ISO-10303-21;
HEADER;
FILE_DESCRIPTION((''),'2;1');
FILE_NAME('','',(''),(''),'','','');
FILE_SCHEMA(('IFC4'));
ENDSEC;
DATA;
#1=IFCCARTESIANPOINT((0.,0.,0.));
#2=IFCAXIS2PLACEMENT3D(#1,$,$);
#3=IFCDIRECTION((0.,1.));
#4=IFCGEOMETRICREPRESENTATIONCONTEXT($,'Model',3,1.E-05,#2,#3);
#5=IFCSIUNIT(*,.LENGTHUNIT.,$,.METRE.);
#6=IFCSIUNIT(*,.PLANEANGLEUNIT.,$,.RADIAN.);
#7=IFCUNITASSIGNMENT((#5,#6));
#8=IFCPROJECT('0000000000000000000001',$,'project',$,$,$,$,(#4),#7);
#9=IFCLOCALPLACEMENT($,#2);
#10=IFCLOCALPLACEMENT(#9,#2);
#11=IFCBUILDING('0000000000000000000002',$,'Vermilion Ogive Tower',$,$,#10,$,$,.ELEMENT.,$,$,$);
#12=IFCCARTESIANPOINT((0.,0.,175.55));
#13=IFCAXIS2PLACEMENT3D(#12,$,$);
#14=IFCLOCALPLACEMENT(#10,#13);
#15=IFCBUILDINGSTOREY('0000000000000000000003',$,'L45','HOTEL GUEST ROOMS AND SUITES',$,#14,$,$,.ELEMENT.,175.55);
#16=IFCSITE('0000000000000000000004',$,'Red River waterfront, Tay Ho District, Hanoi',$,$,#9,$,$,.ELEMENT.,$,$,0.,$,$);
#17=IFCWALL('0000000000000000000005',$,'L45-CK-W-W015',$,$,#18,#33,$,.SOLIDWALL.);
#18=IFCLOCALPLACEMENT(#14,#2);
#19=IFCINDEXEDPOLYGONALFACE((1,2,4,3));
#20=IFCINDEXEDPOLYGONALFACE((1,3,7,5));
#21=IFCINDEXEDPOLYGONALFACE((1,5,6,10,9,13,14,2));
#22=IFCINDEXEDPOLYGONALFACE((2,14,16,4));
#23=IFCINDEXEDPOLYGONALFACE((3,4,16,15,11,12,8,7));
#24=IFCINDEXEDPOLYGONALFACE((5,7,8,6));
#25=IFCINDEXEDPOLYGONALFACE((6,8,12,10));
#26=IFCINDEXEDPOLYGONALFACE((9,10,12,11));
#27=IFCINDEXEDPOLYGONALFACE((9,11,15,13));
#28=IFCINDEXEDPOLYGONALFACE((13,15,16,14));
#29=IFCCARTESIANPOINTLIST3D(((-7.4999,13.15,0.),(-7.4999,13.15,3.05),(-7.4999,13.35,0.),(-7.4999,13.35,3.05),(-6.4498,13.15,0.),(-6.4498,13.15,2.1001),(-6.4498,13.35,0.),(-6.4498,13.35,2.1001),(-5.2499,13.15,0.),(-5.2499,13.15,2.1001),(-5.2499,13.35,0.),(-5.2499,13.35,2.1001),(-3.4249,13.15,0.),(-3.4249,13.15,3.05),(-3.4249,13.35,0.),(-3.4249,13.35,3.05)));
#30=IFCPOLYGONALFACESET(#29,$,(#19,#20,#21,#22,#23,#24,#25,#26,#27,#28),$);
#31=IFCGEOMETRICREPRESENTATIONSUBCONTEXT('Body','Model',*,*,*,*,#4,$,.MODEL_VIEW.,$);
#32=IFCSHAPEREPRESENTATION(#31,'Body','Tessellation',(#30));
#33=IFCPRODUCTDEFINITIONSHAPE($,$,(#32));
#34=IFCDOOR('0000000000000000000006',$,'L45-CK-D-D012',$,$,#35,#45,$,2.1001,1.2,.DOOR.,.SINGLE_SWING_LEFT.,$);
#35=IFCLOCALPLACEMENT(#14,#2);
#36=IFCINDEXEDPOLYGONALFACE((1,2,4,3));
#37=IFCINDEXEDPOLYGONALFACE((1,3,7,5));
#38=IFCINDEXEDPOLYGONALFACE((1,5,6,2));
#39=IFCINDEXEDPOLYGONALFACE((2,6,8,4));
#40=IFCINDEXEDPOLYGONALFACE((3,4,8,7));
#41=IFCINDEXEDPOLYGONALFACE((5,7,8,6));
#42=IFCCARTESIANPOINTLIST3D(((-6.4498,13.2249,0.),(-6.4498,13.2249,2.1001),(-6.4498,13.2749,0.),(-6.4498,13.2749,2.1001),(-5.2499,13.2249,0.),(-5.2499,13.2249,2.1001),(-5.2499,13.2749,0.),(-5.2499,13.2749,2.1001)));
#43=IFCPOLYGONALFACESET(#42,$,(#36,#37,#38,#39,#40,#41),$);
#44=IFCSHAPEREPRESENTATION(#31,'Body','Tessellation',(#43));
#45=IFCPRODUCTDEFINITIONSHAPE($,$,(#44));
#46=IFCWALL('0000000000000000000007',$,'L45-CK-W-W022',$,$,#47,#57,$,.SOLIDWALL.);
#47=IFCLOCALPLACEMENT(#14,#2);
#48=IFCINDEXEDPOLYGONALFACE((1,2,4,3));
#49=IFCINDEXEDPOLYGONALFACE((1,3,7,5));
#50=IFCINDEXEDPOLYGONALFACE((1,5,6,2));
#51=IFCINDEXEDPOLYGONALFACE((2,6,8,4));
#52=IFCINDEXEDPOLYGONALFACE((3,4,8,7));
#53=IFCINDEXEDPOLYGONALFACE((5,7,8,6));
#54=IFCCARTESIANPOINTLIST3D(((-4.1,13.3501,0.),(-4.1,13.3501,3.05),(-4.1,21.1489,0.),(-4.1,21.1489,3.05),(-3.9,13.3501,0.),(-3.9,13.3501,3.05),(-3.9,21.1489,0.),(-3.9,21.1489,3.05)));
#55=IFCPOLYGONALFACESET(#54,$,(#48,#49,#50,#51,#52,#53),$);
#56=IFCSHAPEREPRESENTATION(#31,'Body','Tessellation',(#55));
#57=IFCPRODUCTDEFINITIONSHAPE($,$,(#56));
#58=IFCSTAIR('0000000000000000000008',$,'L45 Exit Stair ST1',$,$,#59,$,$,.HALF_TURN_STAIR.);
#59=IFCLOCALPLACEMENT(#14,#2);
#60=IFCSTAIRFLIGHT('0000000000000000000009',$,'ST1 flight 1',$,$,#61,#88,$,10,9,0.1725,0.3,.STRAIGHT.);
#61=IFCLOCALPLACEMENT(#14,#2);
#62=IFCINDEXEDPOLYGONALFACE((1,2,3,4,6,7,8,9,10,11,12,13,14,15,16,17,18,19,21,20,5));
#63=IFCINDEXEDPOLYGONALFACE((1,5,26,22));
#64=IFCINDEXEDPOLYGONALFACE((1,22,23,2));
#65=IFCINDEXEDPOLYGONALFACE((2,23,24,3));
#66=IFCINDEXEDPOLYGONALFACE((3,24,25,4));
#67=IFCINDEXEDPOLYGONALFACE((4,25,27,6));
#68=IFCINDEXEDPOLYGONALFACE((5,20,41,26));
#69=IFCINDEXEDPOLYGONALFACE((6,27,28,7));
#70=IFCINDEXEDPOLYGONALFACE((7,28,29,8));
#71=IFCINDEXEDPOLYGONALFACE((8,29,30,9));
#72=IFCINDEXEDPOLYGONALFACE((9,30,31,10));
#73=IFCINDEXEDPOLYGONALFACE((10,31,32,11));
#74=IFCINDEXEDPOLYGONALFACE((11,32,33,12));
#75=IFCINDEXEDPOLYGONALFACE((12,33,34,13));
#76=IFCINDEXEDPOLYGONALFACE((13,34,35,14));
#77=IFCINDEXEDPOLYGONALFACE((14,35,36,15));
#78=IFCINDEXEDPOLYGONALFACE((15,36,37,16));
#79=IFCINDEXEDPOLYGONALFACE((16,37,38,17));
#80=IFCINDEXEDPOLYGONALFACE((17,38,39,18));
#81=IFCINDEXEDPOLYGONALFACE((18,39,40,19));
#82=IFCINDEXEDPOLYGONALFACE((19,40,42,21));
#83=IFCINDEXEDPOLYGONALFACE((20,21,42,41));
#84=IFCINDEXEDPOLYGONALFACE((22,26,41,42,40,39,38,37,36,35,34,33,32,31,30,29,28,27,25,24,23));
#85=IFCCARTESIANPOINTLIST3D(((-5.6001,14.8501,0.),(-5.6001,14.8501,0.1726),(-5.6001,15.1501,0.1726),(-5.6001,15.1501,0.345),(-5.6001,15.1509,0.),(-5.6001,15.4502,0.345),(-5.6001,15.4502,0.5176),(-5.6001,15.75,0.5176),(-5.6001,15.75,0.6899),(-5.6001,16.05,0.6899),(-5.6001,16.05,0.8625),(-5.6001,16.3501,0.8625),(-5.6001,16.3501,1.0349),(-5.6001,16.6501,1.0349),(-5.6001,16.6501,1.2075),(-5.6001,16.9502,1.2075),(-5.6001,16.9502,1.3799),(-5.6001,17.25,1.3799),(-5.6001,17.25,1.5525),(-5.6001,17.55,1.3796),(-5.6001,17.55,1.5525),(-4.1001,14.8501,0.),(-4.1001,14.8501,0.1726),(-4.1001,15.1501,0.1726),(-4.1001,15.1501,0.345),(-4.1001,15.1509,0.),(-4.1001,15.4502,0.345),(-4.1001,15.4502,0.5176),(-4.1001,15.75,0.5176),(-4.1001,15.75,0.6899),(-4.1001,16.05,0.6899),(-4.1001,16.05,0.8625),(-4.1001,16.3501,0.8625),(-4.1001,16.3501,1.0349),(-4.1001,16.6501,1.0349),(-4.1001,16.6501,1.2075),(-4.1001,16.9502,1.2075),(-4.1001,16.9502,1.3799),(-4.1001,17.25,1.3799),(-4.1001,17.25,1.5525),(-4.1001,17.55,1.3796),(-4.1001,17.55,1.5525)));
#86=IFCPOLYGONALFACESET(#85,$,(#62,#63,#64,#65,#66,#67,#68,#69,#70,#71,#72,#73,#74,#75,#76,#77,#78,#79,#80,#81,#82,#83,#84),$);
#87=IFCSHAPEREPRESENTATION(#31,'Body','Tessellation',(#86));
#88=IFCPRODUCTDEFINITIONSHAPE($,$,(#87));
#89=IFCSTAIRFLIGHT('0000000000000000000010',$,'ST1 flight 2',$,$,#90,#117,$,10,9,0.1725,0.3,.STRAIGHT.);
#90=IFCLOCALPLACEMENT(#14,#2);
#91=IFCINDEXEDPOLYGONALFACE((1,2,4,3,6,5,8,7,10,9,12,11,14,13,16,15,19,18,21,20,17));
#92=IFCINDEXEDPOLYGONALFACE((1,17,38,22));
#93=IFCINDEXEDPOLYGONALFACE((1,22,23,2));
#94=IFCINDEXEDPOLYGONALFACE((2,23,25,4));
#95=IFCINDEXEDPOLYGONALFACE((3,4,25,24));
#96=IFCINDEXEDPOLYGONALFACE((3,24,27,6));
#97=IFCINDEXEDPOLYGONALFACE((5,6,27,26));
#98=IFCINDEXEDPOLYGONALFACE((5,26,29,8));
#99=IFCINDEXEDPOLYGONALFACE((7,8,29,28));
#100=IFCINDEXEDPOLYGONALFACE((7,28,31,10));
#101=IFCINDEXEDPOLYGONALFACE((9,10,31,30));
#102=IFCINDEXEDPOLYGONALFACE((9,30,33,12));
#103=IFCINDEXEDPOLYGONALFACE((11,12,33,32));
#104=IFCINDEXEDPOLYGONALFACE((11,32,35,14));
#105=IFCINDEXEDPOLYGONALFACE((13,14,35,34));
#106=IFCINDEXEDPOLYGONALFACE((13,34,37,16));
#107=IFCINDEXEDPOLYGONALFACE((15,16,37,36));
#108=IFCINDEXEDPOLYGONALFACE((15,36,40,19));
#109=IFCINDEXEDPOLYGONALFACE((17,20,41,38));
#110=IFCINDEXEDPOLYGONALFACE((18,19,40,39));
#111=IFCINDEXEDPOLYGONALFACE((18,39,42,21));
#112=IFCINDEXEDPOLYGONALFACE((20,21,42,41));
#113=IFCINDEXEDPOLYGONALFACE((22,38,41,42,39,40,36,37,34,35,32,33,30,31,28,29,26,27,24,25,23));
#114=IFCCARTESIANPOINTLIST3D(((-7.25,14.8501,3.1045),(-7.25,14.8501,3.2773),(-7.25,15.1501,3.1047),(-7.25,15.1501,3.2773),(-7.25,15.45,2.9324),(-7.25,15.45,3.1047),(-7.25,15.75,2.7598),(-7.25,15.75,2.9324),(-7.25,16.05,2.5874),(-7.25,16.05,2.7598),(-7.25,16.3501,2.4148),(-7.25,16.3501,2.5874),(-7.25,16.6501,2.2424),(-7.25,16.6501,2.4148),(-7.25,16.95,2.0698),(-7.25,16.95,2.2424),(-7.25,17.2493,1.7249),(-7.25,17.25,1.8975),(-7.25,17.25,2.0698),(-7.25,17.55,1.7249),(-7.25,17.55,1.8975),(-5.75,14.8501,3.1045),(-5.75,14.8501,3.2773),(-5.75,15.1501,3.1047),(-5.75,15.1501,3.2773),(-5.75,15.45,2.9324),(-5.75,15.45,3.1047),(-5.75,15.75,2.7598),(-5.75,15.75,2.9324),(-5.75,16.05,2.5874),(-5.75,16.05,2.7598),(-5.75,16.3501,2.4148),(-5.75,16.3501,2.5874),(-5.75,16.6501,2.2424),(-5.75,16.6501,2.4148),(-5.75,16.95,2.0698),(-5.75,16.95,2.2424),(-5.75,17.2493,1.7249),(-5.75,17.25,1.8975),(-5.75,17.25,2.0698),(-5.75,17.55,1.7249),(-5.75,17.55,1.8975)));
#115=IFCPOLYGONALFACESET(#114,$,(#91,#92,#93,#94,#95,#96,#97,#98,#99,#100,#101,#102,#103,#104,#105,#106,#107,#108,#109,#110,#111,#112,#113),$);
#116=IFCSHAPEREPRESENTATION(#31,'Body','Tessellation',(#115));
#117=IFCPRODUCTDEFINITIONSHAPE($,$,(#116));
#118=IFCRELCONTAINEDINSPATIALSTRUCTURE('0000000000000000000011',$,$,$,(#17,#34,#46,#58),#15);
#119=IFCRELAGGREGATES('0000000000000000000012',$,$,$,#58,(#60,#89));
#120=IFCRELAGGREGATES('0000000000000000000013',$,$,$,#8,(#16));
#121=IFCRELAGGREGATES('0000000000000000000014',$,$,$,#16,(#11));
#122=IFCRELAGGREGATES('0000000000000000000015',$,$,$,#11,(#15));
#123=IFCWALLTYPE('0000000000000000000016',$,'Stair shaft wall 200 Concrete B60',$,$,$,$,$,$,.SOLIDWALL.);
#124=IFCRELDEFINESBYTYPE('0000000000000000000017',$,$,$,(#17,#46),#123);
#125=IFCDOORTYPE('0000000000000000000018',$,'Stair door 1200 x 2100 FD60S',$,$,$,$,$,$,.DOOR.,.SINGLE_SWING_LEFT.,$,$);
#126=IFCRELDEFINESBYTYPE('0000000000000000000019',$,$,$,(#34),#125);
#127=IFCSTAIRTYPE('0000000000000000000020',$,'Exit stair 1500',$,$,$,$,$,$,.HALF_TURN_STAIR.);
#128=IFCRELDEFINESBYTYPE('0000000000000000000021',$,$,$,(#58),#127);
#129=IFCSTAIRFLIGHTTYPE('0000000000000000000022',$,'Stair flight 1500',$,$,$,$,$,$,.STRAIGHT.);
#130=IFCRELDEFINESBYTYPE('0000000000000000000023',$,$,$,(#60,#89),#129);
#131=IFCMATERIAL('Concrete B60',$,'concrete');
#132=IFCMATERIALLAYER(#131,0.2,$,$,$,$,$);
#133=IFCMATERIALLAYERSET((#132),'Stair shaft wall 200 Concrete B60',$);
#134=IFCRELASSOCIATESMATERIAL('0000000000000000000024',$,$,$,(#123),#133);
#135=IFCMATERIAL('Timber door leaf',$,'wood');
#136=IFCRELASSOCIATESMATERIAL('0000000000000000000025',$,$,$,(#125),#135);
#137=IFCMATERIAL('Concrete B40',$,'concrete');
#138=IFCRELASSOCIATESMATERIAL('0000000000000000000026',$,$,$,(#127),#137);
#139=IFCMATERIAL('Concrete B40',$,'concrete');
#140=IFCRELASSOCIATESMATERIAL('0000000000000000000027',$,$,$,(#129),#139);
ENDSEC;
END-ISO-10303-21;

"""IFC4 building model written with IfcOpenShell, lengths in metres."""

from ifc_helpers import new_model, si_unit, direction, frame, frame_2d, origin, place, context, subcontext, project, spatial, polyline, rectangle, outline, extrude, material, layer, layer_set, type_object, element, fill, aggregate, save


model = new_model("IFC4")

# Units and contexts
model_context = context("Model", 3, precision=1e-05, world=origin(), true_north=direction((0.0, 1.0)))
body_context = subcontext(model_context, "Body", "Model", "MODEL_VIEW")
ifc_project = project(units=[si_unit("LENGTHUNIT", "METRE"), si_unit("PLANEANGLEUNIT", "RADIAN")], contexts=[model_context])

# Site, building, storey
site_placement = place(None, origin())
site = spatial("IfcSite", under=ifc_project, at=site_placement, Name="Red River waterfront, Tay Ho District, Hanoi", CompositionType="ELEMENT", RefElevation=0.0)
building_placement = place(site_placement, origin())
building = spatial("IfcBuilding", under=site, at=building_placement, Name="Vermilion Ogive Tower", CompositionType="ELEMENT")
storey_placement = place(building_placement, frame((0.0, 0.0, 175.55)))
storey = spatial("IfcBuildingStorey", under=building, at=storey_placement, Name="L45", Description="HOTEL GUEST ROOMS AND SUITES", CompositionType="ELEMENT", Elevation=175.55)

# Wall, opening, door
ifc_material_1 = material(Name="Concrete B60", Category="concrete")
ifc_layer_1 = layer(ifc_material_1, 0.2)
ifc_layer_set_1 = layer_set([ifc_layer_1], Name="Stair shaft wall 200 Concrete B60")
wall_type_1 = type_object("IfcWallType", Name="Stair shaft wall 200 Concrete B60", PredefinedType="SOLIDWALL", material=ifc_layer_set_1)
wall_1_placement = place(storey_placement, frame((-7.5, 13.25, 0.0), z_axis=(0.0, 0.0, 1.0), x_axis=(1.0, 0.0, 0.0)))
wall_1 = element("IfcWall", 1, at=wall_1_placement, inside=storey, type_object=wall_type_1, Name="L45-CK-W-W015", PredefinedType="SOLIDWALL", context=body_context, shape_type="SweptSolid", body=[
    extrude(rectangle(XDim=4.075, YDim=0.2, at=frame_2d((2.0376, 0.0))), origin(), (0.0, 0.0, 1.0), 3.05),
])
opening_1_placement = place(wall_1_placement, frame((1.05, 0.0, 0.0)))
opening_1 = element("IfcOpeningElement", 2, at=opening_1_placement, cuts=wall_1, PredefinedType="OPENING", context=body_context, shape_type="SweptSolid", body=[
    extrude(rectangle(XDim=1.2, YDim=2.1001, at=frame_2d((0.6001, 1.05))), frame((0.0, 0.1099, 0.0), z_axis=(0.0, -1.0, 0.0), x_axis=(1.0, 0.0, 0.0)), (0.0, 0.0, 1.0), 0.22),
])
ifc_material_2 = material(Name="Timber door leaf", Category="wood")
door_type_1 = type_object("IfcDoorType", Name="Stair door 1200 x 2100 FD60S", OperationType="SINGLE_SWING_LEFT", PredefinedType="DOOR", material=ifc_material_2)
door_1_placement = place(opening_1_placement, origin())
door_1 = element("IfcDoor", 3, at=door_1_placement, inside=storey, type_object=door_type_1, Name="L45-CK-D-D012", OperationType="SINGLE_SWING_LEFT", OverallHeight=2.1001, OverallWidth=1.2, PredefinedType="DOOR", context=body_context, shape_type="SweptSolid", body=[
    extrude(rectangle(XDim=1.2, YDim=2.1001, at=frame_2d((0.6001, 1.05))), frame((0.0, 0.0249, 0.0), z_axis=(0.0, -1.0, 0.0), x_axis=(1.0, 0.0, 0.0)), (0.0, 0.0, 1.0), 0.05),
])
fill(opening_1, door_1)

# Wall
wall_2_placement = place(storey_placement, frame((-4.0, 13.3501, 0.0), z_axis=(0.0, 0.0, 1.0), x_axis=(0.0, 1.0, 0.0)))
element("IfcWall", 4, at=wall_2_placement, inside=storey, type_object=wall_type_1, Name="L45-CK-W-W022", PredefinedType="SOLIDWALL", context=body_context, shape_type="SweptSolid", body=[
    extrude(rectangle(XDim=7.7988, YDim=0.2, at=frame_2d((3.8994, 0.0))), origin(), (0.0, 0.0, 1.0), 3.05),
])

# Stair, stair flights
ifc_material_3 = material(Name="Concrete B40", Category="concrete")
stair_type = type_object("IfcStairType", Name="Exit stair 1500", PredefinedType="HALF_TURN_STAIR", material=ifc_material_3)
stair_placement = place(storey_placement, origin())
stair = element("IfcStair", 5, at=stair_placement, inside=storey, type_object=stair_type, Name="L45 Exit Stair ST1", PredefinedType="HALF_TURN_STAIR")
ifc_material_4 = material(Name="Concrete B40", Category="concrete")
stair_flight_type = type_object("IfcStairFlightType", Name="Stair flight 1500", PredefinedType="STRAIGHT", material=ifc_material_4)
stair_flight_1_placement = place(storey_placement, frame((-4.8501, 14.8501, 0.0), z_axis=(0.0, 0.0, 1.0), x_axis=(0.0, 1.0, 0.0)))
stair_flight_1 = element("IfcStairFlight", 6, at=stair_flight_1_placement, type_object=stair_flight_type, Name="ST1 flight 1", NumberOfRisers=10, NumberOfTreads=9, PredefinedType="STRAIGHT", RiserHeight=0.1725, TreadLength=0.3, context=body_context, shape_type="SweptSolid", body=[
    extrude(outline(polyline([(0.0, 0.0), (0.0, 0.1726), (0.3, 0.1726), (0.3, 0.345), (0.6001, 0.345), (0.6001, 0.5176), (0.8999, 0.5176), (0.8999, 0.6899), (1.2, 0.6899), (1.2, 0.8625), (1.5, 0.8625), (1.5, 1.0349), (1.8, 1.0349), (1.8, 1.2075), (2.1001, 1.2075), (2.1001, 1.3799), (2.3999, 1.3799), (2.3999, 1.5525), (2.7, 1.5525), (2.7, 1.7251), (2.7, 1.3796), (0.3008, 0.0), (0.0, 0.0)])), frame((0.0, 0.75, 0.0), z_axis=(0.0, -1.0, 0.0), x_axis=(1.0, 0.0, 0.0)), (0.0, 0.0, 1.0), 1.5),
])
stair_flight_2_placement = place(storey_placement, frame((-6.5, 17.55, 1.7249), z_axis=(0.0, 0.0, 1.0), x_axis=(0.0, -1.0, 0.0)))
stair_flight_2 = element("IfcStairFlight", 7, at=stair_flight_2_placement, type_object=stair_flight_type, Name="ST1 flight 2", NumberOfRisers=10, NumberOfTreads=9, PredefinedType="STRAIGHT", RiserHeight=0.1725, TreadLength=0.3, context=body_context, shape_type="SweptSolid", body=[
    extrude(outline(polyline([(0.0, 0.0), (0.0, 0.1726), (0.3, 0.1726), (0.3, 0.345), (0.6001, 0.345), (0.6001, 0.5176), (0.8999, 0.5176), (0.8999, 0.6899), (1.2, 0.6899), (1.2, 0.8625), (1.5, 0.8625), (1.5, 1.0349), (1.8, 1.0349), (1.8, 1.2075), (2.1001, 1.2075), (2.1001, 1.3799), (2.3999, 1.3799), (2.3999, 1.5525), (2.7, 1.5525), (2.7, 1.7251), (2.7, 1.3796), (0.3008, 0.0), (0.0, 0.0)])), frame((0.0, 0.75, 0.0), z_axis=(0.0, -1.0, 0.0), x_axis=(1.0, 0.0, 0.0)), (0.0, 0.0, 1.0), 1.5),
])
aggregate(stair, [stair_flight_1, stair_flight_2])

save(model, "model.ifc")
